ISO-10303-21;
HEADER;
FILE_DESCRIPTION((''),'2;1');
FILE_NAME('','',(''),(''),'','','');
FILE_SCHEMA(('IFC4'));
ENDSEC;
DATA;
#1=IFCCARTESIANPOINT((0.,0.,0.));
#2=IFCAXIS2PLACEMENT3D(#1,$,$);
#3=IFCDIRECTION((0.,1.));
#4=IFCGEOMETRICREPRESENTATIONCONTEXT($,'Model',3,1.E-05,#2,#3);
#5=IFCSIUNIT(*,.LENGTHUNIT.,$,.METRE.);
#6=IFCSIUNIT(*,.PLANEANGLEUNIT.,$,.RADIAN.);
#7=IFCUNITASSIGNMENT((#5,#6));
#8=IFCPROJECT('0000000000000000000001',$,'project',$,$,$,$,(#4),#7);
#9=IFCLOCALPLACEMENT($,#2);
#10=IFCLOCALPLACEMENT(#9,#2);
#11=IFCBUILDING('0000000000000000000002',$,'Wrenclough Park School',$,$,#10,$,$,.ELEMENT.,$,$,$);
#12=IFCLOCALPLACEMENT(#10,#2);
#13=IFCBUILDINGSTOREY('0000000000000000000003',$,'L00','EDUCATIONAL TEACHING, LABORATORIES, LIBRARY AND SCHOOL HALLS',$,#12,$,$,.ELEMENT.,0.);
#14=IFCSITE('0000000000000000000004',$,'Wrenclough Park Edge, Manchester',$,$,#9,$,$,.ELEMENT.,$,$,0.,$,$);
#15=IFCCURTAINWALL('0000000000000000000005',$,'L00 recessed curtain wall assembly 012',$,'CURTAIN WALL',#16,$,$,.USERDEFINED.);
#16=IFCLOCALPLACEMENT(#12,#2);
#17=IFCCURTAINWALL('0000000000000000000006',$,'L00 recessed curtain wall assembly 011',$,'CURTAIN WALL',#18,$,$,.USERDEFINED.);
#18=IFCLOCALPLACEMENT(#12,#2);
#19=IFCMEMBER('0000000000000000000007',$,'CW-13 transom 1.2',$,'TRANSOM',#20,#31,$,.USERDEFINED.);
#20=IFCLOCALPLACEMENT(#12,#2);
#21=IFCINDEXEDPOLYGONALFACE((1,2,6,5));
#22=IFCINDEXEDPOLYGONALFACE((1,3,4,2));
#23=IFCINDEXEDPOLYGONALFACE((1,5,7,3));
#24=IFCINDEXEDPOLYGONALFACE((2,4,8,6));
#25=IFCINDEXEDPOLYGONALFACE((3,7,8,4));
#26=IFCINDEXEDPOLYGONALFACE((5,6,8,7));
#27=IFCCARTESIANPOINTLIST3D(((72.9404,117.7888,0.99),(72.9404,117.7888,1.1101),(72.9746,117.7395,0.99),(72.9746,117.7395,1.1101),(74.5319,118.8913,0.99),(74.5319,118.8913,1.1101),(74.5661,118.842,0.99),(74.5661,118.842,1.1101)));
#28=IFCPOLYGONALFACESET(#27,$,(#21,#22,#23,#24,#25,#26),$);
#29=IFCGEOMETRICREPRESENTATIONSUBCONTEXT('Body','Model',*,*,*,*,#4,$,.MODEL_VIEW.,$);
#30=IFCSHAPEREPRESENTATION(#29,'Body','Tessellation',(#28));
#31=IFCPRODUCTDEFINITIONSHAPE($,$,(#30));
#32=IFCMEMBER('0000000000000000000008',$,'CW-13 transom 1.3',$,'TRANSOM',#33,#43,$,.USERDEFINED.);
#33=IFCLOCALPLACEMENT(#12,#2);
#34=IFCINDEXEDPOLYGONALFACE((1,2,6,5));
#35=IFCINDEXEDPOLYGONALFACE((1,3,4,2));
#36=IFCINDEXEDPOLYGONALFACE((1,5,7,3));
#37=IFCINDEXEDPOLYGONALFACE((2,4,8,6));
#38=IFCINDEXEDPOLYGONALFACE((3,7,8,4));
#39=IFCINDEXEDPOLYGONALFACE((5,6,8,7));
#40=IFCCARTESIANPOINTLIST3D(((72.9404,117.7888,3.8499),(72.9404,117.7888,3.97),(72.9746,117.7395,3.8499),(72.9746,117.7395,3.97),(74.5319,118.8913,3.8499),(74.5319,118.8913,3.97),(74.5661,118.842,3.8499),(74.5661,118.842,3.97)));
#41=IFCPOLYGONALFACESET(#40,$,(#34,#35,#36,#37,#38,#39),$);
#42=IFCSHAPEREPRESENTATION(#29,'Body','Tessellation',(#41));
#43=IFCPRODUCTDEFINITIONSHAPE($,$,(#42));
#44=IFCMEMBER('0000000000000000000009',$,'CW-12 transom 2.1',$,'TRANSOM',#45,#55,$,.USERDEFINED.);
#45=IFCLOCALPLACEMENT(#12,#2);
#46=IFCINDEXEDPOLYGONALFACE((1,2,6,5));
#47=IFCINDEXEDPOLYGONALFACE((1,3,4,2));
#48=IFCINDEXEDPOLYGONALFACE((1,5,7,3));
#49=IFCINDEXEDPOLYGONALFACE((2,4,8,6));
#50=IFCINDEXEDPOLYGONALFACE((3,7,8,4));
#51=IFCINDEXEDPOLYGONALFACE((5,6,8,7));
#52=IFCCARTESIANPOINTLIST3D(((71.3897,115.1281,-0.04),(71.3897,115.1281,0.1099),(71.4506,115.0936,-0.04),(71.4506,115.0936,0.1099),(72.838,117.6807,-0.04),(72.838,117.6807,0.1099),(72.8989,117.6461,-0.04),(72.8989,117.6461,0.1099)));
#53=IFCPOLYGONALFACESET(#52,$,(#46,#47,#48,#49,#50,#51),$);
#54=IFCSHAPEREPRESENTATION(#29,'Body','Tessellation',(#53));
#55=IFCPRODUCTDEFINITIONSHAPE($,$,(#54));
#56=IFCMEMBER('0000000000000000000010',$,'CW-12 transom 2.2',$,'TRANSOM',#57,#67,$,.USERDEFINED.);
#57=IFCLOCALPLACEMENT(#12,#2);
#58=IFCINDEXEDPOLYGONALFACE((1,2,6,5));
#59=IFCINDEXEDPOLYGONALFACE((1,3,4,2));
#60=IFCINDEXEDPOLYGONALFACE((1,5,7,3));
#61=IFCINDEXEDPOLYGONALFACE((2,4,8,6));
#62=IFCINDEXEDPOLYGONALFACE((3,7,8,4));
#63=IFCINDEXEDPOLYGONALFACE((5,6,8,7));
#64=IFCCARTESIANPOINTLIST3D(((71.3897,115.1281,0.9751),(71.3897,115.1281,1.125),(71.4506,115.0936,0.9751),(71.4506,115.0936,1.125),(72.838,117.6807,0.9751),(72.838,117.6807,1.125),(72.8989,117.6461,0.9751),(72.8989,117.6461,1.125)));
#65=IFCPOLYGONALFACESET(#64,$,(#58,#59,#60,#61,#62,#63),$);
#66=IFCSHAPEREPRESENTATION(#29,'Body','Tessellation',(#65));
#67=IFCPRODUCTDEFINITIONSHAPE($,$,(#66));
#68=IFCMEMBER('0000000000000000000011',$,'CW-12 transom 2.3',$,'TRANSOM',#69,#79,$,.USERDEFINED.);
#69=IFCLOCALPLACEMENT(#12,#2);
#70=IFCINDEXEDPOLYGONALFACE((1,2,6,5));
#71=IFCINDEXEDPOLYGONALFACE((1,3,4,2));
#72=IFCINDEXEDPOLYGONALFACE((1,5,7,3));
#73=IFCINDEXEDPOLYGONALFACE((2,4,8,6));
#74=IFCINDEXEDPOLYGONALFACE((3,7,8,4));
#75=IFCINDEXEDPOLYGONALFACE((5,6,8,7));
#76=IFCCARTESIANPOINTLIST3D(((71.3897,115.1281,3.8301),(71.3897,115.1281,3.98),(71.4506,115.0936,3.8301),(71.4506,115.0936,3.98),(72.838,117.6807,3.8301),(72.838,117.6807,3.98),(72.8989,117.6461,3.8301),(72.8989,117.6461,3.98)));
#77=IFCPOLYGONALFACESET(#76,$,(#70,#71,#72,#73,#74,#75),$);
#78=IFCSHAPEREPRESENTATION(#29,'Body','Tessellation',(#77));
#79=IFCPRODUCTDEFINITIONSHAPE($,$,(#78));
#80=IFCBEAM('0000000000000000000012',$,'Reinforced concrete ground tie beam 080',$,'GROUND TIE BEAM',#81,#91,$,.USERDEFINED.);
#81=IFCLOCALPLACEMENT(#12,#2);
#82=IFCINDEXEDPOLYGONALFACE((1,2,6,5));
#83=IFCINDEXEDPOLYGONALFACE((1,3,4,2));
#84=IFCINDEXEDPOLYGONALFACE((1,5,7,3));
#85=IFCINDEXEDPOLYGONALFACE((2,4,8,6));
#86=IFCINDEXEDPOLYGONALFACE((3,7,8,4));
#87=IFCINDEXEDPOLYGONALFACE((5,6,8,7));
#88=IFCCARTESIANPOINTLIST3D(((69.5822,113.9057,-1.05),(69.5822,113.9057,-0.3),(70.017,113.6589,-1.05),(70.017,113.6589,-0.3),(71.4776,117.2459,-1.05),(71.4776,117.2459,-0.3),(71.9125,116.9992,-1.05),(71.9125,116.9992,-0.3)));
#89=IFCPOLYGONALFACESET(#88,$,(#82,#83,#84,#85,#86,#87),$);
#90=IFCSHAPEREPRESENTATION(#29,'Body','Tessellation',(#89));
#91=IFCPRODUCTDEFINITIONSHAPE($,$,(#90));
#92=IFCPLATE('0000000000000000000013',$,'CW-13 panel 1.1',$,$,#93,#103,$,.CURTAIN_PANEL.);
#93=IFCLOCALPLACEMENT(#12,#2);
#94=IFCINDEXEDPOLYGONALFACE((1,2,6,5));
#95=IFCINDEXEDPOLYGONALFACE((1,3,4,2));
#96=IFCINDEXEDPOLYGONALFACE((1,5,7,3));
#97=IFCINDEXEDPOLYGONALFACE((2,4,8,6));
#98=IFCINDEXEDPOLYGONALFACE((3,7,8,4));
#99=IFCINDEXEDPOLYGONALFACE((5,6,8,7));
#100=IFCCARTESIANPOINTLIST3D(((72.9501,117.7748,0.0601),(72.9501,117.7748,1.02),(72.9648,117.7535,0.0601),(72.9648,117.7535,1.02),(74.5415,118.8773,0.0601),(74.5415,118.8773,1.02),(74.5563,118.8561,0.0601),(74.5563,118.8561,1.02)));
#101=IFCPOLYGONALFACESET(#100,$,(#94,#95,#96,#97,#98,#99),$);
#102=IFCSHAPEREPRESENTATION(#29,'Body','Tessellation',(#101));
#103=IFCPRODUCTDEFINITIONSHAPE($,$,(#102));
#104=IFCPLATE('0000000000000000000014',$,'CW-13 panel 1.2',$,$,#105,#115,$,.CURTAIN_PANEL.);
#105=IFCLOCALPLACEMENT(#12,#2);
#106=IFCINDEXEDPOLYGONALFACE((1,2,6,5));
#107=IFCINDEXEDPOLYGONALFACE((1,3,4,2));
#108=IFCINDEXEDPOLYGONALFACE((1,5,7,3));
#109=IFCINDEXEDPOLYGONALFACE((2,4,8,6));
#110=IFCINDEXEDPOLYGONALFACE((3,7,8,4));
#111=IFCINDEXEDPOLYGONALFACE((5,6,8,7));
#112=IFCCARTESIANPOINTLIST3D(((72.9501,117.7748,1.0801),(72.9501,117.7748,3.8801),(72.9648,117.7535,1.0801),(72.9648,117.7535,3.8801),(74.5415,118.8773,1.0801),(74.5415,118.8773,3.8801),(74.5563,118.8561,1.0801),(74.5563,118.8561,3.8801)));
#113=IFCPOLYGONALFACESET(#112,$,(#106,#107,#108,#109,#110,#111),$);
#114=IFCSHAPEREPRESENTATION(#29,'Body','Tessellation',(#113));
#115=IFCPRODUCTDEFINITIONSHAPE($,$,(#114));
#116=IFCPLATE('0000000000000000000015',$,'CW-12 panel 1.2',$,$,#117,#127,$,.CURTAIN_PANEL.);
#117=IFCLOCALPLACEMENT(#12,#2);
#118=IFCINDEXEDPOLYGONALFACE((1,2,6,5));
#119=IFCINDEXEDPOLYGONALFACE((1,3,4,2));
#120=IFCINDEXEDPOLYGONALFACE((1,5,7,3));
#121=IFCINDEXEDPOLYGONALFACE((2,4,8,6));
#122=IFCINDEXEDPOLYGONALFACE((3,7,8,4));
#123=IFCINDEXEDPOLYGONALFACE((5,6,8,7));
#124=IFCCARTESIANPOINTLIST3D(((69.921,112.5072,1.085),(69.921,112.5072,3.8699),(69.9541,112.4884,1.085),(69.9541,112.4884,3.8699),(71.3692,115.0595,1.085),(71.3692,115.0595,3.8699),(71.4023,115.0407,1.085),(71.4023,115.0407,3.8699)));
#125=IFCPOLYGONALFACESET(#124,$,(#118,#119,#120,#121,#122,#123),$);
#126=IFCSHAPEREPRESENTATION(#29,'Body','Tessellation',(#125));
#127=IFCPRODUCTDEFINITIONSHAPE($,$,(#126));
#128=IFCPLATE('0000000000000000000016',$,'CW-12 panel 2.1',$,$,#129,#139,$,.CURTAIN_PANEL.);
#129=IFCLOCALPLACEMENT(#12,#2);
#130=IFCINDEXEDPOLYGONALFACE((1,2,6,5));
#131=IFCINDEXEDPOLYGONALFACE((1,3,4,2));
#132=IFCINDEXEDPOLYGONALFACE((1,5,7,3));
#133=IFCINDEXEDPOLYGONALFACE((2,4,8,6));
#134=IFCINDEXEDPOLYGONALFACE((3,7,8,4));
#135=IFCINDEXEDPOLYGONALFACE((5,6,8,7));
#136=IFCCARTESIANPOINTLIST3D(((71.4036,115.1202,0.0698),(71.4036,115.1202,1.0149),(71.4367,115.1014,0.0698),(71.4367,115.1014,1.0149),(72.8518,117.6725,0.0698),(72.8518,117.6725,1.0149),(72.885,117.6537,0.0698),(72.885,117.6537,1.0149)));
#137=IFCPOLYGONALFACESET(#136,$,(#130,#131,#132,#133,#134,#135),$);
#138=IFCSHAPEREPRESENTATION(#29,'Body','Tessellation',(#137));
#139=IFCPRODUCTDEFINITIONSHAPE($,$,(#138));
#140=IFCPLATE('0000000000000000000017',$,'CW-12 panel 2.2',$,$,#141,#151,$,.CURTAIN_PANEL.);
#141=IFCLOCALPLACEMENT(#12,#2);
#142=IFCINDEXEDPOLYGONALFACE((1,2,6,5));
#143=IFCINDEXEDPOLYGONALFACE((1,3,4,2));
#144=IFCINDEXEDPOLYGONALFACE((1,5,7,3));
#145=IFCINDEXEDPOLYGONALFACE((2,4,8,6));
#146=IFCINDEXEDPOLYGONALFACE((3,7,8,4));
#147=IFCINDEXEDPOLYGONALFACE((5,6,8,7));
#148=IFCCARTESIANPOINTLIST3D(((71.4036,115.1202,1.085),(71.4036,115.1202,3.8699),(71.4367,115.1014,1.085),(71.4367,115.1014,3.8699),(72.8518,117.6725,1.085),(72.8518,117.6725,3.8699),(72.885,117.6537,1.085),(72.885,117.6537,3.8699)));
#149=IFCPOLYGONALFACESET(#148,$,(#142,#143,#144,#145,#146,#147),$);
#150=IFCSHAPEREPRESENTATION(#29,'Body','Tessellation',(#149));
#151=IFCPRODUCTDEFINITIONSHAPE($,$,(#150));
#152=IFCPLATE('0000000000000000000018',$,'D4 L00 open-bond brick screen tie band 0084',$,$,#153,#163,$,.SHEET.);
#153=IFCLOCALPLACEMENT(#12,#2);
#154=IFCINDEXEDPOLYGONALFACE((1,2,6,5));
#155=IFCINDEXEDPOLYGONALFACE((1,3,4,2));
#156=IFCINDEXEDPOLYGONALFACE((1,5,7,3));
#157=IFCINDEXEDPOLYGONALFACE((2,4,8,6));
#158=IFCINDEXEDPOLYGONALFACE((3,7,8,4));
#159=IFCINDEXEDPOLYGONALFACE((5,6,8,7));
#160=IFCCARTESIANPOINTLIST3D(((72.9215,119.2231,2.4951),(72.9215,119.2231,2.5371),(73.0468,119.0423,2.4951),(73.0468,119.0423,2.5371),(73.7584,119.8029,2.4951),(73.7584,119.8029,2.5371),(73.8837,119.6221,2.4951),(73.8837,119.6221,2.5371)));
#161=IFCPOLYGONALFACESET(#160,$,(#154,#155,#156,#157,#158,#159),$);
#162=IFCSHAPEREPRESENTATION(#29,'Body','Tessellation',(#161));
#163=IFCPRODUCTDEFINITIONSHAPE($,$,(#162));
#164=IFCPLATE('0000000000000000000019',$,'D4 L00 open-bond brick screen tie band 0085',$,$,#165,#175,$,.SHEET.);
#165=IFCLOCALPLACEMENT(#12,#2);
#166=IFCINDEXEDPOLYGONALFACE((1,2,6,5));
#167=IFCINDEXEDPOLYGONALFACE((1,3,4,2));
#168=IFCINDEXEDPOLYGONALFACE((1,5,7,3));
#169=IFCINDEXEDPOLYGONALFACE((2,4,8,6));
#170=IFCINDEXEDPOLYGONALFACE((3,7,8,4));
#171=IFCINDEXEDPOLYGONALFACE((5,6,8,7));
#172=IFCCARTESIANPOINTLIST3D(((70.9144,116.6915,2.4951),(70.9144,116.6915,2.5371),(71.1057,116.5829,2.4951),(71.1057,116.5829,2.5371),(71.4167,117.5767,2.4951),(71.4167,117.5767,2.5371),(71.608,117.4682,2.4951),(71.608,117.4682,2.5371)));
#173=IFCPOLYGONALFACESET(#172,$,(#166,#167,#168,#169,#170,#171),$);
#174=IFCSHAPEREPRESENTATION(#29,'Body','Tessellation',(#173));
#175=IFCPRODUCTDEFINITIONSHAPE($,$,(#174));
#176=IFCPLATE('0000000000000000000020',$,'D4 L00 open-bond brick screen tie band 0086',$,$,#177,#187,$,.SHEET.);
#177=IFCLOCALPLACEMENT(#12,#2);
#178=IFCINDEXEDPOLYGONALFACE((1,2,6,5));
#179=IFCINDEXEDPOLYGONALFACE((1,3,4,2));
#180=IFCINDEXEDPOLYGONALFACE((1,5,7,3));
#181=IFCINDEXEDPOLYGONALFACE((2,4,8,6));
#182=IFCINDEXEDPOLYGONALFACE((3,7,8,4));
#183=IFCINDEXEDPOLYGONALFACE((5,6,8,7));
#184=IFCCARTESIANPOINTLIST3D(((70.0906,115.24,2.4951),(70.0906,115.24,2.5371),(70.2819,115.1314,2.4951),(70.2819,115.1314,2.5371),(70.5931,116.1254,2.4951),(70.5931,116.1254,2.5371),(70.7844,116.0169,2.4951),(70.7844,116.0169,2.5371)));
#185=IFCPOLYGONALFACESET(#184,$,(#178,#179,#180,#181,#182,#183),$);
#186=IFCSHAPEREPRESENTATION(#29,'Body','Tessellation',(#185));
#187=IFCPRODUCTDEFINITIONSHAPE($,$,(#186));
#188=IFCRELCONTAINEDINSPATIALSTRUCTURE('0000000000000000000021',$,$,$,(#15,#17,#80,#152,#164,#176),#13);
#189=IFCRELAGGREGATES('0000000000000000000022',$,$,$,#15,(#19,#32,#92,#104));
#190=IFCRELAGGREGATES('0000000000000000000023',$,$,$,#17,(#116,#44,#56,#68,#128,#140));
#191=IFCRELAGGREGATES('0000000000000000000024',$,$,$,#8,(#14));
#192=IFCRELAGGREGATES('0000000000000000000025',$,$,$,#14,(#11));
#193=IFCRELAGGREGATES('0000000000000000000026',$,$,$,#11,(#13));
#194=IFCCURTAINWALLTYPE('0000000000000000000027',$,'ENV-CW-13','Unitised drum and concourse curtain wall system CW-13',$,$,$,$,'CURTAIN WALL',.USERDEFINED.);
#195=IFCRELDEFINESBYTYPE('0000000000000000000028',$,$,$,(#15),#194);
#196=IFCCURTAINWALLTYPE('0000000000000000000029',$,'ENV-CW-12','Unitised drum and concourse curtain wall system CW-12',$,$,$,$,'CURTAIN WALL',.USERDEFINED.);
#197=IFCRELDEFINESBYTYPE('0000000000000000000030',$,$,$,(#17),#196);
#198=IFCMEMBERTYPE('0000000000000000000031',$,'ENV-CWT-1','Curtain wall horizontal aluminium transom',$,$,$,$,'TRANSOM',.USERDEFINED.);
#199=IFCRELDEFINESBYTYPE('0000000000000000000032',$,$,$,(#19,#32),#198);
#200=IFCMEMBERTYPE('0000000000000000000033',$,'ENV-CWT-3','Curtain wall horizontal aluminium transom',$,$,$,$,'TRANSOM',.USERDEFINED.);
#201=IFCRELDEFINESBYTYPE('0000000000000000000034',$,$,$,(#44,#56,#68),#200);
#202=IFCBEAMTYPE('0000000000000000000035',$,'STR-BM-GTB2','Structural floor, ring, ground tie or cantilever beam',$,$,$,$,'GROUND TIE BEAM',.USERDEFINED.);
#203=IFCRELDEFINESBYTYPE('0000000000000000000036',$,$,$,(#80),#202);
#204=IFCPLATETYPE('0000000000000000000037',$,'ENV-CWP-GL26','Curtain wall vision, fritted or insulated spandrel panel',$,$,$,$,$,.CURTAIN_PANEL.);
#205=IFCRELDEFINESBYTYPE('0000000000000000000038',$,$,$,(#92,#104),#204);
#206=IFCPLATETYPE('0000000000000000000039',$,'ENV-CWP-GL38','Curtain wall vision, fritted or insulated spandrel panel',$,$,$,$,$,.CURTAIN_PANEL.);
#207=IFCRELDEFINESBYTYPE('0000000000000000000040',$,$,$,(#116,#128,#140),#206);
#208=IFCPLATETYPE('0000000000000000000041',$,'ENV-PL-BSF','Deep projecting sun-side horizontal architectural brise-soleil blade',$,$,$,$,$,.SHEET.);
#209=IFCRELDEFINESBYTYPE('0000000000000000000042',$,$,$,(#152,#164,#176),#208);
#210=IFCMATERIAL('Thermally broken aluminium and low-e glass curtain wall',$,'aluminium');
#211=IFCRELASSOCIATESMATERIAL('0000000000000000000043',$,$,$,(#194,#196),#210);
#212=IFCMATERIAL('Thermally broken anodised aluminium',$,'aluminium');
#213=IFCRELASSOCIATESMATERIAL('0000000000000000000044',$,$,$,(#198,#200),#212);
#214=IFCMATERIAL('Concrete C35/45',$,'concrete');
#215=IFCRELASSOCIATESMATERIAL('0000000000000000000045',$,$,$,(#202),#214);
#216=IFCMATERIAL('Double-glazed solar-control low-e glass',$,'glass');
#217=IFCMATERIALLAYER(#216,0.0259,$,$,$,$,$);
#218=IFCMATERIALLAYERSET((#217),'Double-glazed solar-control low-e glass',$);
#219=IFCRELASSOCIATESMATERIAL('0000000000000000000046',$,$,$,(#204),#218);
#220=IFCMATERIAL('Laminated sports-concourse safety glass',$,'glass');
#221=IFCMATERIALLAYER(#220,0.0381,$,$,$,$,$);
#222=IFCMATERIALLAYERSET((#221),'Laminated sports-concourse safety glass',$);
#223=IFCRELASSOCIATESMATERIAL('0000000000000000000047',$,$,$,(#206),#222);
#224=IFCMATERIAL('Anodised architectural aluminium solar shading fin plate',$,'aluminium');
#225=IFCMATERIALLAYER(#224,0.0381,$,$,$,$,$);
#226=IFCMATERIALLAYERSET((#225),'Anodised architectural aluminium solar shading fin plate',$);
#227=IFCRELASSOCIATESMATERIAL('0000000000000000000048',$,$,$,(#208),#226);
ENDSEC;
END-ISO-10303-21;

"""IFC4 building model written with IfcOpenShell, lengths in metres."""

from ifc_helpers import new_model, si_unit, direction, frame, origin, origin_2d, place, context, subcontext, project, spatial, rectangle, extrude, material, layer, layer_set, material_profile, profile_set, type_object, element, aggregate, save


model = new_model("IFC4")

# Units and contexts
model_context = context("Model", 3, precision=1e-05, world=origin(), true_north=direction((0.0, 1.0)))
body_context = subcontext(model_context, "Body", "Model", "MODEL_VIEW")
ifc_project = project(units=[si_unit("LENGTHUNIT", "METRE"), si_unit("PLANEANGLEUNIT", "RADIAN")], contexts=[model_context])

# Site, building, storey
site_placement = place(None, origin())
site = spatial("IfcSite", under=ifc_project, at=site_placement, Name="Wrenclough Park Edge, Manchester", CompositionType="ELEMENT", RefElevation=0.0)
building_placement = place(site_placement, origin())
building = spatial("IfcBuilding", under=site, at=building_placement, Name="Wrenclough Park School", CompositionType="ELEMENT")
storey_placement = place(building_placement, origin())
storey = spatial("IfcBuildingStorey", under=building, at=storey_placement, Name="L00", Description="EDUCATIONAL TEACHING, LABORATORIES, LIBRARY AND SCHOOL HALLS", CompositionType="ELEMENT", Elevation=0.0)

# Shared definitions
ifc_material_1 = material(Name="Concrete C35/45", Category="concrete")

# Curtain wall
ifc_material_2 = material(Name="Thermally broken aluminium and low-e glass curtain wall", Category="aluminium")
curtain_wall_type_1 = type_object("IfcCurtainWallType", Name="ENV-CW-13", Description="Unitised drum and concourse curtain wall system CW-13", ElementType="CURTAIN WALL", PredefinedType="USERDEFINED", material=ifc_material_2)
curtain_wall_1_placement = place(storey_placement, origin())
curtain_wall_1 = element("IfcCurtainWall", 1, at=curtain_wall_1_placement, inside=storey, type_object=curtain_wall_type_1, Name="L00 recessed curtain wall assembly 012", ObjectType="CURTAIN WALL", PredefinedType="USERDEFINED")
ifc_material_3 = material(Name="Thermally broken anodised aluminium", Category="aluminium")

# Curtain wall
curtain_wall_type_2 = type_object("IfcCurtainWallType", Name="ENV-CW-12", Description="Unitised drum and concourse curtain wall system CW-12", ElementType="CURTAIN WALL", PredefinedType="USERDEFINED", material=ifc_material_2)
curtain_wall_2_placement = place(storey_placement, origin())
curtain_wall_2 = element("IfcCurtainWall", 2, at=curtain_wall_2_placement, inside=storey, type_object=curtain_wall_type_2, Name="L00 recessed curtain wall assembly 011", ObjectType="CURTAIN WALL", PredefinedType="USERDEFINED")

# Members
ifc_material_profile_1 = material_profile(ifc_material_3, rectangle(XDim=0.0601, YDim=0.1201, at=origin_2d()), Name="AL TRANSOM 60x120")
ifc_profile_set_1 = profile_set([ifc_material_profile_1], Name="Thermally broken anodised aluminium")
member_type_1 = type_object("IfcMemberType", Name="ENV-CWT-1", Description="Curtain wall horizontal aluminium transom", ElementType="TRANSOM", PredefinedType="USERDEFINED", material=ifc_profile_set_1)
member_1_placement = place(storey_placement, frame((72.9575, 117.7642, 1.05), z_axis=(0.822024, 0.569453, 0.0), x_axis=(-0.569453, 0.822024, 0.0)))
member_1 = element("IfcMember", 3, at=member_1_placement, type_object=member_type_1, Name="CW-13 transom 1.2", ObjectType="TRANSOM", PredefinedType="USERDEFINED", context=body_context, shape_type="SweptSolid", body=[
    extrude(rectangle(XDim=0.0601, YDim=0.1201, at=origin_2d()), origin(), (0.0, 0.0, 1.0), 1.936),
])
member_2_placement = place(storey_placement, frame((72.9575, 117.7642, 3.9099), z_axis=(0.822024, 0.569453, 0.0), x_axis=(-0.569453, 0.822024, 0.0)))
member_2 = element("IfcMember", 4, at=member_2_placement, type_object=member_type_1, Name="CW-13 transom 1.3", ObjectType="TRANSOM", PredefinedType="USERDEFINED", context=body_context, shape_type="SweptSolid", body=[
    extrude(rectangle(XDim=0.0601, YDim=0.1201, at=origin_2d()), origin(), (0.0, 0.0, 1.0), 1.936),
])
ifc_material_profile_2 = material_profile(ifc_material_3, rectangle(XDim=0.0701, YDim=0.1499, at=origin_2d()), Name="AL TRANSOM 70x150")
ifc_profile_set_2 = profile_set([ifc_material_profile_2], Name="Thermally broken anodised aluminium")
member_type_2 = type_object("IfcMemberType", Name="ENV-CWT-3", Description="Curtain wall horizontal aluminium transom", ElementType="TRANSOM", PredefinedType="USERDEFINED", material=ifc_profile_set_2)
member_3_placement = place(storey_placement, frame((71.4202, 115.1108, 0.0349), z_axis=(0.493485, 0.869754, 0.0), x_axis=(-0.869754, 0.493485, 0.0)))
member_3 = element("IfcMember", 5, at=member_3_placement, type_object=member_type_2, Name="CW-12 transom 2.1", ObjectType="TRANSOM", PredefinedType="USERDEFINED", context=body_context, shape_type="SweptSolid", body=[
    extrude(rectangle(XDim=0.0701, YDim=0.1499, at=origin_2d()), origin(), (0.0, 0.0, 1.0), 2.9348),
])
member_4_placement = place(storey_placement, frame((71.4202, 115.1108, 1.05), z_axis=(0.493485, 0.869754, 0.0), x_axis=(-0.869754, 0.493485, 0.0)))
member_4 = element("IfcMember", 6, at=member_4_placement, type_object=member_type_2, Name="CW-12 transom 2.2", ObjectType="TRANSOM", PredefinedType="USERDEFINED", context=body_context, shape_type="SweptSolid", body=[
    extrude(rectangle(XDim=0.0701, YDim=0.1499, at=origin_2d()), origin(), (0.0, 0.0, 1.0), 2.9348),
])
member_5_placement = place(storey_placement, frame((71.4202, 115.1108, 3.905), z_axis=(0.493485, 0.869754, 0.0), x_axis=(-0.869754, 0.493485, 0.0)))
member_5 = element("IfcMember", 7, at=member_5_placement, type_object=member_type_2, Name="CW-12 transom 2.3", ObjectType="TRANSOM", PredefinedType="USERDEFINED", context=body_context, shape_type="SweptSolid", body=[
    extrude(rectangle(XDim=0.0701, YDim=0.1499, at=origin_2d()), origin(), (0.0, 0.0, 1.0), 2.9348),
])

# Beam
ifc_material_profile_3 = material_profile(ifc_material_1, rectangle(XDim=0.5, YDim=0.75, at=origin_2d()), Name="RC GROUND 500x750")
ifc_profile_set_3 = profile_set([ifc_material_profile_3], Name="Concrete C35/45")
beam_type = type_object("IfcBeamType", Name="STR-BM-GTB2", Description="Structural floor, ring, ground tie or cantilever beam", ElementType="GROUND TIE BEAM", PredefinedType="USERDEFINED", material=ifc_profile_set_3)
beam_placement = place(storey_placement, frame((71.6951, 117.1226, -0.675), z_axis=(-0.493535, -0.869726, 0.0), x_axis=(0.869726, -0.493535, 0.0)))
element("IfcBeam", 8, at=beam_placement, inside=storey, type_object=beam_type, Name="Reinforced concrete ground tie beam 080", ObjectType="GROUND TIE BEAM", PredefinedType="USERDEFINED", context=body_context, shape_type="SweptSolid", body=[
    extrude(rectangle(XDim=0.5, YDim=0.75, at=origin_2d()), origin(), (0.0, 0.0, 1.0), 3.8406),
])

# Plates
ifc_material_4 = material(Name="Double-glazed solar-control low-e glass", Category="glass")
ifc_layer_1 = layer(ifc_material_4, 0.0259)
ifc_layer_set_1 = layer_set([ifc_layer_1], Name="Double-glazed solar-control low-e glass")
plate_type_1 = type_object("IfcPlateType", Name="ENV-CWP-GL26", Description="Curtain wall vision, fritted or insulated spandrel panel", PredefinedType="CURTAIN_PANEL", material=ifc_layer_set_1)
plate_1_placement = place(storey_placement, frame((73.7532, 118.3154, 0.0601), z_axis=(0.0, 0.0, 1.0), x_axis=(0.822001, 0.569486, 0.0)))
plate_1 = element("IfcPlate", 9, at=plate_1_placement, type_object=plate_type_1, Name="CW-13 panel 1.1", PredefinedType="CURTAIN_PANEL", context=body_context, shape_type="SweptSolid", body=[
    extrude(rectangle(XDim=1.936, YDim=0.0259, at=origin_2d()), origin(), (0.0, 0.0, 1.0), 0.96),
])
plate_2_placement = place(storey_placement, frame((73.7532, 118.3154, 1.0801), z_axis=(0.0, 0.0, 1.0), x_axis=(0.822001, 0.569486, 0.0)))
plate_2 = element("IfcPlate", 10, at=plate_2_placement, type_object=plate_type_1, Name="CW-13 panel 1.2", PredefinedType="CURTAIN_PANEL", context=body_context, shape_type="SweptSolid", body=[
    extrude(rectangle(XDim=1.936, YDim=0.0259, at=origin_2d()), origin(), (0.0, 0.0, 1.0), 2.8),
])
aggregate(curtain_wall_1, [member_1, member_2, plate_1, plate_2])
ifc_material_5 = material(Name="Laminated sports-concourse safety glass", Category="glass")
ifc_layer_2 = layer(ifc_material_5, 0.0381)
ifc_layer_set_2 = layer_set([ifc_layer_2], Name="Laminated sports-concourse safety glass")
plate_type_2 = type_object("IfcPlateType", Name="ENV-CWP-GL38", Description="Curtain wall vision, fritted or insulated spandrel panel", PredefinedType="CURTAIN_PANEL", material=ifc_layer_set_2)
plate_3_placement = place(storey_placement, frame((70.6616, 113.7739, 1.085), z_axis=(0.0, 0.0, 1.0), x_axis=(0.493501, 0.869745, 0.0)))
plate_3 = element("IfcPlate", 11, at=plate_3_placement, type_object=plate_type_2, Name="CW-12 panel 1.2", PredefinedType="CURTAIN_PANEL", context=body_context, shape_type="SweptSolid", body=[
    extrude(rectangle(XDim=2.9346, YDim=0.0381, at=origin_2d()), origin(), (0.0, 0.0, 1.0), 2.7849),
])
plate_4_placement = place(storey_placement, frame((72.1443, 116.387, 0.0698), z_axis=(0.0, 0.0, 1.0), x_axis=(0.493501, 0.869745, 0.0)))
plate_4 = element("IfcPlate", 12, at=plate_4_placement, type_object=plate_type_2, Name="CW-12 panel 2.1", PredefinedType="CURTAIN_PANEL", context=body_context, shape_type="SweptSolid", body=[
    extrude(rectangle(XDim=2.9346, YDim=0.0381, at=origin_2d()), origin(), (0.0, 0.0, 1.0), 0.9451),
])
plate_5_placement = place(storey_placement, frame((72.1443, 116.387, 1.085), z_axis=(0.0, 0.0, 1.0), x_axis=(0.493501, 0.869745, 0.0)))
plate_5 = element("IfcPlate", 13, at=plate_5_placement, type_object=plate_type_2, Name="CW-12 panel 2.2", PredefinedType="CURTAIN_PANEL", context=body_context, shape_type="SweptSolid", body=[
    extrude(rectangle(XDim=2.9346, YDim=0.0381, at=origin_2d()), origin(), (0.0, 0.0, 1.0), 2.7849),
])
aggregate(curtain_wall_2, [plate_3, member_3, member_4, member_5, plate_4, plate_5])

# Plates
ifc_material_6 = material(Name="Anodised architectural aluminium solar shading fin plate", Category="aluminium")
ifc_layer_3 = layer(ifc_material_6, 0.0381)
ifc_layer_set_3 = layer_set([ifc_layer_3], Name="Anodised architectural aluminium solar shading fin plate")
plate_type_3 = type_object("IfcPlateType", Name="ENV-PL-BSF", Description="Deep projecting sun-side horizontal architectural brise-soleil blade", PredefinedType="SHEET", material=ifc_layer_set_3)
plate_6_placement = place(storey_placement, frame((73.4026, 119.4226, 2.4951), z_axis=(0.0, 0.0, 1.0), x_axis=(-0.822008, -0.569476, 0.0)))
element("IfcPlate", 14, at=plate_6_placement, inside=storey, type_object=plate_type_3, Name="D4 L00 open-bond brick screen tie band 0084", PredefinedType="SHEET", context=body_context, shape_type="SweptSolid", body=[
    extrude(rectangle(XDim=1.0181, YDim=0.22, at=origin_2d()), origin(), (0.0, 0.0, 1.0), 0.042),
])
plate_7_placement = place(storey_placement, frame((71.2612, 117.0798, 2.4951), z_axis=(0.0, 0.0, 1.0), x_axis=(-0.493509, -0.869741, 0.0)))
element("IfcPlate", 15, at=plate_7_placement, inside=storey, type_object=plate_type_3, Name="D4 L00 open-bond brick screen tie band 0085", PredefinedType="SHEET", context=body_context, shape_type="SweptSolid", body=[
    extrude(rectangle(XDim=1.0178, YDim=0.22, at=origin_2d()), origin(), (0.0, 0.0, 1.0), 0.042),
])
plate_8_placement = place(storey_placement, frame((70.4375, 115.6284, 2.4951), z_axis=(0.0, 0.0, 1.0), x_axis=(-0.493509, -0.869741, 0.0)))
element("IfcPlate", 16, at=plate_8_placement, inside=storey, type_object=plate_type_3, Name="D4 L00 open-bond brick screen tie band 0086", PredefinedType="SHEET", context=body_context, shape_type="SweptSolid", body=[
    extrude(rectangle(XDim=1.0181, YDim=0.22, at=origin_2d()), origin(), (0.0, 0.0, 1.0), 0.042),
])

save(model, "model.ifc")
